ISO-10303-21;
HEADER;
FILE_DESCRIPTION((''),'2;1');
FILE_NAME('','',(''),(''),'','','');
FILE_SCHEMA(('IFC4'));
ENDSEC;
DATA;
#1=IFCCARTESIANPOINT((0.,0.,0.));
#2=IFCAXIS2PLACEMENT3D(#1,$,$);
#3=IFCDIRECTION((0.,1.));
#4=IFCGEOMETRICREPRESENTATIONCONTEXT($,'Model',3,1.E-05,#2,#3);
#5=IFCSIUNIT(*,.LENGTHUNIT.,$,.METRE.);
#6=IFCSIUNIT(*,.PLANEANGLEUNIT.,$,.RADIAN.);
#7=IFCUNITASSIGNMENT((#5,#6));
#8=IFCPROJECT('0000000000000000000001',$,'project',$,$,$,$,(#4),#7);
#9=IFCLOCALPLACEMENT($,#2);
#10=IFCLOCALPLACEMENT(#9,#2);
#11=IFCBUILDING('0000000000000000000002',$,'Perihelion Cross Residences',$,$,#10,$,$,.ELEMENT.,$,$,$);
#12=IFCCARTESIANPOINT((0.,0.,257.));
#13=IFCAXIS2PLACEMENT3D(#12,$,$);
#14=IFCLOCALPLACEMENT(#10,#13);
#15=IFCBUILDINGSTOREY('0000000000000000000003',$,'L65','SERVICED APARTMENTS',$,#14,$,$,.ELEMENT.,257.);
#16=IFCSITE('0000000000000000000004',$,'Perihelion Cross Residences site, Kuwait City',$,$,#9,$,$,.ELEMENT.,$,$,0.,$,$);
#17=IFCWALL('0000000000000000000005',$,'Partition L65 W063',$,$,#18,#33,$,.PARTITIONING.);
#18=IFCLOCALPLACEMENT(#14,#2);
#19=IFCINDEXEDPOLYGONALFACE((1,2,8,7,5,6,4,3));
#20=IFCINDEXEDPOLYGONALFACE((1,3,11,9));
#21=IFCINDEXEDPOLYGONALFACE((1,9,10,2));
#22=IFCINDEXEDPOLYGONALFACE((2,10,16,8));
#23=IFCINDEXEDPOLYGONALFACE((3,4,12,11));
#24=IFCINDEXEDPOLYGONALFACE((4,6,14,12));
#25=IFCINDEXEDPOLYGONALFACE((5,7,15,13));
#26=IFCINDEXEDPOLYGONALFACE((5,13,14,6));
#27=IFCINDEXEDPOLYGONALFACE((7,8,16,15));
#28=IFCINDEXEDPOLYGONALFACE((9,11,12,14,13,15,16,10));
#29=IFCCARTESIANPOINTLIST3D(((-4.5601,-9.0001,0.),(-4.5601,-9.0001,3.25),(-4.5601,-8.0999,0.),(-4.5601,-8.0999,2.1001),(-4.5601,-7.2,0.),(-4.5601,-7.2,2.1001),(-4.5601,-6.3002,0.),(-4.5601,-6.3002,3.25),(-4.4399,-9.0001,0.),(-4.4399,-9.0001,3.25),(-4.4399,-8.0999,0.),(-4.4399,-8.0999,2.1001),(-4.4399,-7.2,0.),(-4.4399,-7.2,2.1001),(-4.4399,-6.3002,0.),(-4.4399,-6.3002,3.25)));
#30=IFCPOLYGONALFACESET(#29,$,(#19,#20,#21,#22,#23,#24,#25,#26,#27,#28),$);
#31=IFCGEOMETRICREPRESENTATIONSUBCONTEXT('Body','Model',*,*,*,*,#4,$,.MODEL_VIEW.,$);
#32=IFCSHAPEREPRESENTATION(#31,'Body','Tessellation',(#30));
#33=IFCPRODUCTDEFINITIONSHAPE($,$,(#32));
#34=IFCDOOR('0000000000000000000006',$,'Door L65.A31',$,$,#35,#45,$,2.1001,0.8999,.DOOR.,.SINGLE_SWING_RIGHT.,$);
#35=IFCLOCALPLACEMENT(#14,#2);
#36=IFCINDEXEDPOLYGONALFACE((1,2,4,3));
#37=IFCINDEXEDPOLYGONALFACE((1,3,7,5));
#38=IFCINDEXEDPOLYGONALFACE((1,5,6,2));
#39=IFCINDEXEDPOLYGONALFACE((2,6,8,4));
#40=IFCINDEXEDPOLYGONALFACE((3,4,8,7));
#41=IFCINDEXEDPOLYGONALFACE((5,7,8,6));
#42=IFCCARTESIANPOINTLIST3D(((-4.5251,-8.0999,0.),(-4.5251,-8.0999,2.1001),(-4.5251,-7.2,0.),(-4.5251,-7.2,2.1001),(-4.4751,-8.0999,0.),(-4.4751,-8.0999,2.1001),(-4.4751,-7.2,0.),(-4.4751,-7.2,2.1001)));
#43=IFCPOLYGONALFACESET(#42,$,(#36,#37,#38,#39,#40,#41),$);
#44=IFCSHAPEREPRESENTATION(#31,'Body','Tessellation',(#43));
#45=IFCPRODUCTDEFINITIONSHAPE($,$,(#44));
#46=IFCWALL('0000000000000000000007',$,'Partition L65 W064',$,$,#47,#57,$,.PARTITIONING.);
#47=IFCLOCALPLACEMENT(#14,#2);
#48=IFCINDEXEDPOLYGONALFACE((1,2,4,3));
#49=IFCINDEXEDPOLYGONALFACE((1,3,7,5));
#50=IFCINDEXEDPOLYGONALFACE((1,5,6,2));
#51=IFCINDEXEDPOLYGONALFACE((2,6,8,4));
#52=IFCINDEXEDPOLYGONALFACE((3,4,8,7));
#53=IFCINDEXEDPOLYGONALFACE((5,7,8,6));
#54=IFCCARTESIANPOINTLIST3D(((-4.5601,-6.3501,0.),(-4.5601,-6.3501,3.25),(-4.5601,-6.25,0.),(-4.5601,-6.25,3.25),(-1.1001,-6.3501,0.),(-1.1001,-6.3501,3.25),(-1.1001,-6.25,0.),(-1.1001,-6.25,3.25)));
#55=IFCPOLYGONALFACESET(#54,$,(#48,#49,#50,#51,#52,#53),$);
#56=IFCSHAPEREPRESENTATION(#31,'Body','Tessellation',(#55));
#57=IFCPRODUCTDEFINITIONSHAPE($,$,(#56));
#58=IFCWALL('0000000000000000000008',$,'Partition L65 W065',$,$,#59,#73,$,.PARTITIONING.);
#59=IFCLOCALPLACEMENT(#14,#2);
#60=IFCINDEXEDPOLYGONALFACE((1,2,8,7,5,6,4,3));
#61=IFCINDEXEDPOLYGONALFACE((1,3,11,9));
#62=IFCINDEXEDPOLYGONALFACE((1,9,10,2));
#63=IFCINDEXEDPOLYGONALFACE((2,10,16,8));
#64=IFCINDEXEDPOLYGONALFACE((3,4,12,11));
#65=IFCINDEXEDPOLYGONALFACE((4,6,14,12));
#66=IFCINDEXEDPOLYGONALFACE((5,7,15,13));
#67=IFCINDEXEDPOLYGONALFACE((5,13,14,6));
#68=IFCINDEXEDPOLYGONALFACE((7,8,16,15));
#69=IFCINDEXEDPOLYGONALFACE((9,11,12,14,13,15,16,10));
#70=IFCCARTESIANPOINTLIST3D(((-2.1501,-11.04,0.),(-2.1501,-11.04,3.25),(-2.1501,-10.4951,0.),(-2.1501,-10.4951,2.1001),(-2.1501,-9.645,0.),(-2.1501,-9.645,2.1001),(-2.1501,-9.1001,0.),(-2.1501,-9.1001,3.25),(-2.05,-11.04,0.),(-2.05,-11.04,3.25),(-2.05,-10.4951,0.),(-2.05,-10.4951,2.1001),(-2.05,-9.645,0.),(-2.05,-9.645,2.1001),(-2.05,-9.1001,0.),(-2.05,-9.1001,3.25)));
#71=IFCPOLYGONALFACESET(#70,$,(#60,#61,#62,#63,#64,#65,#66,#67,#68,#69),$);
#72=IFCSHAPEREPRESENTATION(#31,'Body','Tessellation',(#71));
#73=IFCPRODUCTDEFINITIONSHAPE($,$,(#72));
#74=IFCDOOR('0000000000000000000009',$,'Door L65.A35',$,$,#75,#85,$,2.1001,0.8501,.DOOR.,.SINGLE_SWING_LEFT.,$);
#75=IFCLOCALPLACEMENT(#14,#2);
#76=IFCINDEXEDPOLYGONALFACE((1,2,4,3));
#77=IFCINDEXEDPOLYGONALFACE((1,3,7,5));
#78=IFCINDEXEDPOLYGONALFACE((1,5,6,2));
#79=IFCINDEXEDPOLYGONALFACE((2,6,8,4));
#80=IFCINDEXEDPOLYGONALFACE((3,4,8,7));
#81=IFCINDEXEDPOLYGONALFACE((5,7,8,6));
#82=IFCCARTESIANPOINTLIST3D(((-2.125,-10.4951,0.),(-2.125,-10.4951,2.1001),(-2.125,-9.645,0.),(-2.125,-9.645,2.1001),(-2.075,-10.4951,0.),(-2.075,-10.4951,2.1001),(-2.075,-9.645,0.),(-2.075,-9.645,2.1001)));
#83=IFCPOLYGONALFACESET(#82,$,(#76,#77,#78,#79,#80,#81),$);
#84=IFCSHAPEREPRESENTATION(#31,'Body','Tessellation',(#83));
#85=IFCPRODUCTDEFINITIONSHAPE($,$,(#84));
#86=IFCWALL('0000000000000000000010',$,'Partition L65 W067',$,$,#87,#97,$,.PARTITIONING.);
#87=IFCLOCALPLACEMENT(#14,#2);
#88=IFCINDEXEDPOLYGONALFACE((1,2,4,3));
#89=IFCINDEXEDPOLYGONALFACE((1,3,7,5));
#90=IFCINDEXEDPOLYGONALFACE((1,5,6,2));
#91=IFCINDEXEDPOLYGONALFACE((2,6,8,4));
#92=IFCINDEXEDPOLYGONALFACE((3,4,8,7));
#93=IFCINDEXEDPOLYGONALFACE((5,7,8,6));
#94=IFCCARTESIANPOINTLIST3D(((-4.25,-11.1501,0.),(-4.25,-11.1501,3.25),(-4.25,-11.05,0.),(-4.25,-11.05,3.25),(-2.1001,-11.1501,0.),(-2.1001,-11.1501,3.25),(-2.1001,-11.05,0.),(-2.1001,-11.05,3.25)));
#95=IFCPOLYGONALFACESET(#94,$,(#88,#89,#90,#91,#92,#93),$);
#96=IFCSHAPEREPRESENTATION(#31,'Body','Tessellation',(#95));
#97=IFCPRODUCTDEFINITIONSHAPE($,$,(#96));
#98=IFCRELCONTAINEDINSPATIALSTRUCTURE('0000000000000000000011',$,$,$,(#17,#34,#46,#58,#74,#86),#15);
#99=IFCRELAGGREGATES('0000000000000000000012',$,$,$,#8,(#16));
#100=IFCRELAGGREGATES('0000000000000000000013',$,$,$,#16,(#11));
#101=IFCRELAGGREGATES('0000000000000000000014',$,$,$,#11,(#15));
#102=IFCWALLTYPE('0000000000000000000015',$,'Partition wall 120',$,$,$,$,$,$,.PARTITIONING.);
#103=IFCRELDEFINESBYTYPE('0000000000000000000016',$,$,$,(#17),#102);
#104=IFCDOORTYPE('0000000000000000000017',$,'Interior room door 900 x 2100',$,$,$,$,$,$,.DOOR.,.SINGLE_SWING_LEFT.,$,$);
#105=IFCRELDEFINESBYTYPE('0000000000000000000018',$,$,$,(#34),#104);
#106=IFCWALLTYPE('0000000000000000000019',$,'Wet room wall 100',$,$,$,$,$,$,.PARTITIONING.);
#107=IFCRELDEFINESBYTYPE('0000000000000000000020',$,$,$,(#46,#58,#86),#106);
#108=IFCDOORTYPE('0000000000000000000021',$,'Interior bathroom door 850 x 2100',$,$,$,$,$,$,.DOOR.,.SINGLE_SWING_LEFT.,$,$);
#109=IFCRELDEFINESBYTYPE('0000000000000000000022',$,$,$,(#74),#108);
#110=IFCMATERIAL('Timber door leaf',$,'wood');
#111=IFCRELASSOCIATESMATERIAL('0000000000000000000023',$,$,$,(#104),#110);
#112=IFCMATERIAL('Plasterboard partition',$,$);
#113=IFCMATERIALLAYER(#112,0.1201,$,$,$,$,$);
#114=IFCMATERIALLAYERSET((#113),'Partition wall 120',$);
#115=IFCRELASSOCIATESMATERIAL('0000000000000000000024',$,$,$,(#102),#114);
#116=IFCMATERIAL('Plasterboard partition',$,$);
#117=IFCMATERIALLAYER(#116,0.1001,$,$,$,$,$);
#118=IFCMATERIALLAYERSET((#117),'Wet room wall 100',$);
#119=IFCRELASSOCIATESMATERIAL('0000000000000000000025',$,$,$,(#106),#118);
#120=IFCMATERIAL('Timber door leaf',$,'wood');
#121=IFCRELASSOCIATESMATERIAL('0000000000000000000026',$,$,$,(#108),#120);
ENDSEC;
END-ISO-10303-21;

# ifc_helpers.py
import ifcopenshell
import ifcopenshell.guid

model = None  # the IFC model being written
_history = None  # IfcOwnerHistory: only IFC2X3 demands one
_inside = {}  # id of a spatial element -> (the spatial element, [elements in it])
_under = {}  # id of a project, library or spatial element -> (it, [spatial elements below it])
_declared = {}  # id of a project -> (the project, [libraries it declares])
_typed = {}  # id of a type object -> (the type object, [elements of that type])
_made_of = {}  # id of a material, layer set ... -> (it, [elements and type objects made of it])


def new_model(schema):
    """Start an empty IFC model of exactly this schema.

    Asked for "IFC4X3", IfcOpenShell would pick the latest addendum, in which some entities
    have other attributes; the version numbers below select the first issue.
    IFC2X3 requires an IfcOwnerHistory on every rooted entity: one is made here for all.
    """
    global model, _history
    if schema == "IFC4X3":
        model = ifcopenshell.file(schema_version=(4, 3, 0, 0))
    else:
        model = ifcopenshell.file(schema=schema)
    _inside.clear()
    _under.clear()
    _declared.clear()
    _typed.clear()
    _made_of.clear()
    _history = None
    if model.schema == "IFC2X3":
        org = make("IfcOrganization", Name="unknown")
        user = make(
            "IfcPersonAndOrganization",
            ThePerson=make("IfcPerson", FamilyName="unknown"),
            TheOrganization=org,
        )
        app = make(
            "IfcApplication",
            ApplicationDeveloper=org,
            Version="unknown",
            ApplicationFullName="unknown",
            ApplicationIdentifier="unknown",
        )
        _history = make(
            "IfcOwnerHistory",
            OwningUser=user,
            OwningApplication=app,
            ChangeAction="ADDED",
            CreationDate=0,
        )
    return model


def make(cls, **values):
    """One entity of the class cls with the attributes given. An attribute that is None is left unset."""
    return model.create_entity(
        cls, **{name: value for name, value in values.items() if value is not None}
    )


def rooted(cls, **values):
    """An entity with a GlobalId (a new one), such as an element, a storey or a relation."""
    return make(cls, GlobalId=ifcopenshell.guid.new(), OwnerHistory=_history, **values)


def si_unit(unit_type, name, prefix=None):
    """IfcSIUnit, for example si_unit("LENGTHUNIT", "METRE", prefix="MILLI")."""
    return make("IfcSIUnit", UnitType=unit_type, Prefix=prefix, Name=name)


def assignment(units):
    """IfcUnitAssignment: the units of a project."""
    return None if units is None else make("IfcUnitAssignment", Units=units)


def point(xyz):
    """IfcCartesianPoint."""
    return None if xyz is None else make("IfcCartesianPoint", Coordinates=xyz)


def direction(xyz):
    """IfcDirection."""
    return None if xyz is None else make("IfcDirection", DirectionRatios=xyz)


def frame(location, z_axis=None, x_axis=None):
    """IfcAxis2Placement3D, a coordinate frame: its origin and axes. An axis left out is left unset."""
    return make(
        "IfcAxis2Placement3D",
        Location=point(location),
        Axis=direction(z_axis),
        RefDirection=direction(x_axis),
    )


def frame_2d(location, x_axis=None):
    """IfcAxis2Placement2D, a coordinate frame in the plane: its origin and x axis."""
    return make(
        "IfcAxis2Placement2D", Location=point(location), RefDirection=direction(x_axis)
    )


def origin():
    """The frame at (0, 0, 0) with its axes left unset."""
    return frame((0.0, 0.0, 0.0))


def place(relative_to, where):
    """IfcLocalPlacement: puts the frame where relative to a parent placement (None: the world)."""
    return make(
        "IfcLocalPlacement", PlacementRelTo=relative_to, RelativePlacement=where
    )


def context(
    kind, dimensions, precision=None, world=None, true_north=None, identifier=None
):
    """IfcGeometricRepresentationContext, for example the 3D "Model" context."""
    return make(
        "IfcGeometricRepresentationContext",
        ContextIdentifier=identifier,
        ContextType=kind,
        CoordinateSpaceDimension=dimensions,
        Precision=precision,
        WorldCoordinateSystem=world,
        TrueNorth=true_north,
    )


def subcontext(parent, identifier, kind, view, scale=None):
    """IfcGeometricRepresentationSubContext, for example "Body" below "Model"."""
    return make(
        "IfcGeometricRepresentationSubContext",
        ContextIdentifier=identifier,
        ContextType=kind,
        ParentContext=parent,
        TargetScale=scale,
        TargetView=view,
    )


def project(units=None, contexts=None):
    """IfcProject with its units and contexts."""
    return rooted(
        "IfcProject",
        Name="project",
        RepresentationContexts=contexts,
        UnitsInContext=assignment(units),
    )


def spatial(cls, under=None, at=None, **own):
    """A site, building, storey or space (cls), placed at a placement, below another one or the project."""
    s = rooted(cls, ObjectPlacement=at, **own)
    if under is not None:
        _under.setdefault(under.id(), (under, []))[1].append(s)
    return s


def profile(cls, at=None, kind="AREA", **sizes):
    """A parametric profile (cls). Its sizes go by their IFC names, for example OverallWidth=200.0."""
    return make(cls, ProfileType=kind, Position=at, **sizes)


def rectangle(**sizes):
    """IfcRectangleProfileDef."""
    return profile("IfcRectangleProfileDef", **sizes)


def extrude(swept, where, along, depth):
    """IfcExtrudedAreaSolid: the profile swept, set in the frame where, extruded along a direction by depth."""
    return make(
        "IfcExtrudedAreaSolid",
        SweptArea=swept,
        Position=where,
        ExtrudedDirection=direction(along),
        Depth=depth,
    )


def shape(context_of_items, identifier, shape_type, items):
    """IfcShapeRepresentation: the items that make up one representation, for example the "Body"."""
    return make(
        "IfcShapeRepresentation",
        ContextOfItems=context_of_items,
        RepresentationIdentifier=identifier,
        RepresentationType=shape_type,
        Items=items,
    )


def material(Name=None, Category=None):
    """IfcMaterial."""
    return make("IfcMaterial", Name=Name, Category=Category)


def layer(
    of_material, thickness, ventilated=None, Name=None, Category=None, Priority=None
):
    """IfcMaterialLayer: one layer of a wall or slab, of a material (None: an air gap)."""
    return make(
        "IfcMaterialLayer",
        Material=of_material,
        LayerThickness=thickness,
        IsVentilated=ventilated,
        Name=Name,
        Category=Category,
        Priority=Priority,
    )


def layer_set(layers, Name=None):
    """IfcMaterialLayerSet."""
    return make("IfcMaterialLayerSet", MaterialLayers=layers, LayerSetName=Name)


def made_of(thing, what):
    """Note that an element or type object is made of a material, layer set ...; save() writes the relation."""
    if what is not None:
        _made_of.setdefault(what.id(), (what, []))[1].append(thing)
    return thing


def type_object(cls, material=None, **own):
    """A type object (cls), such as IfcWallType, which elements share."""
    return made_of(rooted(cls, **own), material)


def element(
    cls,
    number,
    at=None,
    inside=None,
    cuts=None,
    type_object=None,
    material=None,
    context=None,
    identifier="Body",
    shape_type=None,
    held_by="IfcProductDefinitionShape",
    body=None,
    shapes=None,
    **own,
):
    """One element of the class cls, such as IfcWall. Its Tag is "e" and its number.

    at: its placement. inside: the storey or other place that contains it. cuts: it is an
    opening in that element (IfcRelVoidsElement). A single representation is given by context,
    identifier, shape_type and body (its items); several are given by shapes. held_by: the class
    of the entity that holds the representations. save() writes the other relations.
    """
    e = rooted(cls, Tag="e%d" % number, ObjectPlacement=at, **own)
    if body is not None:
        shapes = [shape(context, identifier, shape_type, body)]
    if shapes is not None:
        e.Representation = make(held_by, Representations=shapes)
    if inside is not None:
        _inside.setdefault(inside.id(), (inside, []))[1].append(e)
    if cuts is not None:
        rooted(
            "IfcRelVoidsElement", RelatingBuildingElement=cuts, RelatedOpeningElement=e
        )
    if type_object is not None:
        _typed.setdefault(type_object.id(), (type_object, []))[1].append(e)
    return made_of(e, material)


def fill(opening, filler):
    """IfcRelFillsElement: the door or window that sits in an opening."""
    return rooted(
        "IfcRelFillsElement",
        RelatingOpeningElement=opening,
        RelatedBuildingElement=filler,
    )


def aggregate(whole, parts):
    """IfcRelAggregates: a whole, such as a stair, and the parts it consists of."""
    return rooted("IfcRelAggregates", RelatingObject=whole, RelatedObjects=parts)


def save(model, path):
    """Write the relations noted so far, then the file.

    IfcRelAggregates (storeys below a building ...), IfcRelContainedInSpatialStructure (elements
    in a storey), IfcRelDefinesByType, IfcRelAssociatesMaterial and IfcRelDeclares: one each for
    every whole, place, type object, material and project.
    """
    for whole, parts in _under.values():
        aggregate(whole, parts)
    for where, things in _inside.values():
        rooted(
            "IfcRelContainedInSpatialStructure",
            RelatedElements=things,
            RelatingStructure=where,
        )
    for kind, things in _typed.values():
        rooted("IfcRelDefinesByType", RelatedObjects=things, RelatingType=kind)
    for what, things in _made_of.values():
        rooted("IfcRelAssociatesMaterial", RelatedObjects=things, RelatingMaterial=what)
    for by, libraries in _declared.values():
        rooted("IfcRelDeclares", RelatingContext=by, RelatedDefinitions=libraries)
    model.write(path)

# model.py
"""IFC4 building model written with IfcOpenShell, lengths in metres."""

from ifc_helpers import new_model, si_unit, direction, frame, frame_2d, origin, place, context, subcontext, project, spatial, rectangle, extrude, material, layer, layer_set, type_object, element, fill, save


model = new_model("IFC4")

# Units and contexts
model_context = context("Model", 3, precision=1e-05, world=origin(), true_north=direction((0.0, 1.0)))
body_context = subcontext(model_context, "Body", "Model", "MODEL_VIEW")
ifc_project = project(units=[si_unit("LENGTHUNIT", "METRE"), si_unit("PLANEANGLEUNIT", "RADIAN")], contexts=[model_context])

# Site, building, storey
site_placement = place(None, origin())
site = spatial("IfcSite", under=ifc_project, at=site_placement, Name="Perihelion Cross Residences site, Kuwait City", CompositionType="ELEMENT", RefElevation=0.0)
building_placement = place(site_placement, origin())
building = spatial("IfcBuilding", under=site, at=building_placement, Name="Perihelion Cross Residences", CompositionType="ELEMENT")
storey_placement = place(building_placement, frame((0.0, 0.0, 257.0)))
storey = spatial("IfcBuildingStorey", under=building, at=storey_placement, Name="L65", Description="SERVICED APARTMENTS", CompositionType="ELEMENT", Elevation=257.0)

# Wall, opening, door
ifc_material_1 = material(Name="Timber door leaf", Category="wood")
door_type_1 = type_object("IfcDoorType", Name="Interior room door 900 x 2100", OperationType="SINGLE_SWING_LEFT", PredefinedType="DOOR", material=ifc_material_1)
ifc_material_2 = material(Name="Plasterboard partition")
ifc_layer_1 = layer(ifc_material_2, 0.1201)
ifc_layer_set_1 = layer_set([ifc_layer_1], Name="Partition wall 120")
wall_type_1 = type_object("IfcWallType", Name="Partition wall 120", PredefinedType="PARTITIONING", material=ifc_layer_set_1)
wall_1_placement = place(storey_placement, frame((-4.5, -6.3, 0.0), z_axis=(0.0, 0.0, 1.0), x_axis=(0.0, -1.0, 0.0)))
wall_1 = element("IfcWall", 1, at=wall_1_placement, inside=storey, type_object=wall_type_1, Name="Partition L65 W063", PredefinedType="PARTITIONING", context=body_context, shape_type="SweptSolid", body=[
    extrude(rectangle(XDim=2.7, YDim=0.1201, at=frame_2d((1.3501, 0.0))), origin(), (0.0, 0.0, 1.0), 3.25),
])
opening_1_placement = place(wall_1_placement, frame((0.8999, 0.0, 0.0)))
opening_1 = element("IfcOpeningElement", 2, at=opening_1_placement, cuts=wall_1, PredefinedType="OPENING", context=body_context, shape_type="SweptSolid", body=[
    extrude(rectangle(XDim=0.8999, YDim=2.1001, at=frame_2d((0.45, 1.05))), frame((0.0, 0.0701, 0.0), z_axis=(0.0, -1.0, 0.0), x_axis=(1.0, 0.0, 0.0)), (0.0, 0.0, 1.0), 0.1401),
])
door_1_placement = place(opening_1_placement, origin())
door_1 = element("IfcDoor", 3, at=door_1_placement, inside=storey, type_object=door_type_1, Name="Door L65.A31", OperationType="SINGLE_SWING_RIGHT", OverallHeight=2.1001, OverallWidth=0.8999, PredefinedType="DOOR", context=body_context, shape_type="SweptSolid", body=[
    extrude(rectangle(XDim=0.8999, YDim=2.1001, at=frame_2d((0.45, 1.05))), frame((0.0, 0.0249, 0.0), z_axis=(0.0, -1.0, 0.0), x_axis=(1.0, 0.0, 0.0)), (0.0, 0.0, 1.0), 0.05),
])
fill(opening_1, door_1)

# Wall
ifc_material_3 = material(Name="Plasterboard partition")
ifc_layer_2 = layer(ifc_material_3, 0.1001)
ifc_layer_set_2 = layer_set([ifc_layer_2], Name="Wet room wall 100")
wall_type_2 = type_object("IfcWallType", Name="Wet room wall 100", PredefinedType="PARTITIONING", material=ifc_layer_set_2)
wall_2_placement = place(storey_placement, frame((-1.1001, -6.3, 0.0), z_axis=(0.0, 0.0, 1.0), x_axis=(-1.0, 0.0, 0.0)))
element("IfcWall", 4, at=wall_2_placement, inside=storey, type_object=wall_type_2, Name="Partition L65 W064", PredefinedType="PARTITIONING", context=body_context, shape_type="SweptSolid", body=[
    extrude(rectangle(XDim=3.46, YDim=0.1001, at=frame_2d((1.73, 0.0))), origin(), (0.0, 0.0, 1.0), 3.25),
])

# Wall, opening, door
wall_3_placement = place(storey_placement, frame((-2.1001, -11.04, 0.0), z_axis=(0.0, 0.0, 1.0), x_axis=(0.0, 1.0, 0.0)))
wall_3 = element("IfcWall", 5, at=wall_3_placement, inside=storey, type_object=wall_type_2, Name="Partition L65 W065", PredefinedType="PARTITIONING", context=body_context, shape_type="SweptSolid", body=[
    extrude(rectangle(XDim=1.9399, YDim=0.1001, at=frame_2d((0.97, 0.0))), origin(), (0.0, 0.0, 1.0), 3.25),
])
opening_2_placement = place(wall_3_placement, frame((0.5449, 0.0, 0.0)))
opening_2 = element("IfcOpeningElement", 6, at=opening_2_placement, cuts=wall_3, PredefinedType="OPENING", context=body_context, shape_type="SweptSolid", body=[
    extrude(rectangle(XDim=0.8501, YDim=2.1001, at=frame_2d((0.425, 1.05))), frame((0.0, 0.0601, 0.0), z_axis=(0.0, -1.0, 0.0), x_axis=(1.0, 0.0, 0.0)), (0.0, 0.0, 1.0), 0.1201),
])
ifc_material_4 = material(Name="Timber door leaf", Category="wood")
door_type_2 = type_object("IfcDoorType", Name="Interior bathroom door 850 x 2100", OperationType="SINGLE_SWING_LEFT", PredefinedType="DOOR", material=ifc_material_4)
door_2_placement = place(opening_2_placement, origin())
door_2 = element("IfcDoor", 7, at=door_2_placement, inside=storey, type_object=door_type_2, Name="Door L65.A35", OperationType="SINGLE_SWING_LEFT", OverallHeight=2.1001, OverallWidth=0.8501, PredefinedType="DOOR", context=body_context, shape_type="SweptSolid", body=[
    extrude(rectangle(XDim=0.8501, YDim=2.1001, at=frame_2d((0.425, 1.05))), frame((0.0, 0.0249, 0.0), z_axis=(0.0, -1.0, 0.0), x_axis=(1.0, 0.0, 0.0)), (0.0, 0.0, 1.0), 0.05),
])
fill(opening_2, door_2)

# Wall
wall_4_placement = place(storey_placement, frame((-2.1001, -11.1001, 0.0), z_axis=(0.0, 0.0, 1.0), x_axis=(-1.0, 0.0, 0.0)))
element("IfcWall", 8, at=wall_4_placement, inside=storey, type_object=wall_type_2, Name="Partition L65 W067", PredefinedType="PARTITIONING", context=body_context, shape_type="SweptSolid", body=[
    extrude(rectangle(XDim=2.1499, YDim=0.1001, at=frame_2d((1.075, 0.0))), origin(), (0.0, 0.0, 1.0), 3.25),
])

save(model, "model.ifc")
